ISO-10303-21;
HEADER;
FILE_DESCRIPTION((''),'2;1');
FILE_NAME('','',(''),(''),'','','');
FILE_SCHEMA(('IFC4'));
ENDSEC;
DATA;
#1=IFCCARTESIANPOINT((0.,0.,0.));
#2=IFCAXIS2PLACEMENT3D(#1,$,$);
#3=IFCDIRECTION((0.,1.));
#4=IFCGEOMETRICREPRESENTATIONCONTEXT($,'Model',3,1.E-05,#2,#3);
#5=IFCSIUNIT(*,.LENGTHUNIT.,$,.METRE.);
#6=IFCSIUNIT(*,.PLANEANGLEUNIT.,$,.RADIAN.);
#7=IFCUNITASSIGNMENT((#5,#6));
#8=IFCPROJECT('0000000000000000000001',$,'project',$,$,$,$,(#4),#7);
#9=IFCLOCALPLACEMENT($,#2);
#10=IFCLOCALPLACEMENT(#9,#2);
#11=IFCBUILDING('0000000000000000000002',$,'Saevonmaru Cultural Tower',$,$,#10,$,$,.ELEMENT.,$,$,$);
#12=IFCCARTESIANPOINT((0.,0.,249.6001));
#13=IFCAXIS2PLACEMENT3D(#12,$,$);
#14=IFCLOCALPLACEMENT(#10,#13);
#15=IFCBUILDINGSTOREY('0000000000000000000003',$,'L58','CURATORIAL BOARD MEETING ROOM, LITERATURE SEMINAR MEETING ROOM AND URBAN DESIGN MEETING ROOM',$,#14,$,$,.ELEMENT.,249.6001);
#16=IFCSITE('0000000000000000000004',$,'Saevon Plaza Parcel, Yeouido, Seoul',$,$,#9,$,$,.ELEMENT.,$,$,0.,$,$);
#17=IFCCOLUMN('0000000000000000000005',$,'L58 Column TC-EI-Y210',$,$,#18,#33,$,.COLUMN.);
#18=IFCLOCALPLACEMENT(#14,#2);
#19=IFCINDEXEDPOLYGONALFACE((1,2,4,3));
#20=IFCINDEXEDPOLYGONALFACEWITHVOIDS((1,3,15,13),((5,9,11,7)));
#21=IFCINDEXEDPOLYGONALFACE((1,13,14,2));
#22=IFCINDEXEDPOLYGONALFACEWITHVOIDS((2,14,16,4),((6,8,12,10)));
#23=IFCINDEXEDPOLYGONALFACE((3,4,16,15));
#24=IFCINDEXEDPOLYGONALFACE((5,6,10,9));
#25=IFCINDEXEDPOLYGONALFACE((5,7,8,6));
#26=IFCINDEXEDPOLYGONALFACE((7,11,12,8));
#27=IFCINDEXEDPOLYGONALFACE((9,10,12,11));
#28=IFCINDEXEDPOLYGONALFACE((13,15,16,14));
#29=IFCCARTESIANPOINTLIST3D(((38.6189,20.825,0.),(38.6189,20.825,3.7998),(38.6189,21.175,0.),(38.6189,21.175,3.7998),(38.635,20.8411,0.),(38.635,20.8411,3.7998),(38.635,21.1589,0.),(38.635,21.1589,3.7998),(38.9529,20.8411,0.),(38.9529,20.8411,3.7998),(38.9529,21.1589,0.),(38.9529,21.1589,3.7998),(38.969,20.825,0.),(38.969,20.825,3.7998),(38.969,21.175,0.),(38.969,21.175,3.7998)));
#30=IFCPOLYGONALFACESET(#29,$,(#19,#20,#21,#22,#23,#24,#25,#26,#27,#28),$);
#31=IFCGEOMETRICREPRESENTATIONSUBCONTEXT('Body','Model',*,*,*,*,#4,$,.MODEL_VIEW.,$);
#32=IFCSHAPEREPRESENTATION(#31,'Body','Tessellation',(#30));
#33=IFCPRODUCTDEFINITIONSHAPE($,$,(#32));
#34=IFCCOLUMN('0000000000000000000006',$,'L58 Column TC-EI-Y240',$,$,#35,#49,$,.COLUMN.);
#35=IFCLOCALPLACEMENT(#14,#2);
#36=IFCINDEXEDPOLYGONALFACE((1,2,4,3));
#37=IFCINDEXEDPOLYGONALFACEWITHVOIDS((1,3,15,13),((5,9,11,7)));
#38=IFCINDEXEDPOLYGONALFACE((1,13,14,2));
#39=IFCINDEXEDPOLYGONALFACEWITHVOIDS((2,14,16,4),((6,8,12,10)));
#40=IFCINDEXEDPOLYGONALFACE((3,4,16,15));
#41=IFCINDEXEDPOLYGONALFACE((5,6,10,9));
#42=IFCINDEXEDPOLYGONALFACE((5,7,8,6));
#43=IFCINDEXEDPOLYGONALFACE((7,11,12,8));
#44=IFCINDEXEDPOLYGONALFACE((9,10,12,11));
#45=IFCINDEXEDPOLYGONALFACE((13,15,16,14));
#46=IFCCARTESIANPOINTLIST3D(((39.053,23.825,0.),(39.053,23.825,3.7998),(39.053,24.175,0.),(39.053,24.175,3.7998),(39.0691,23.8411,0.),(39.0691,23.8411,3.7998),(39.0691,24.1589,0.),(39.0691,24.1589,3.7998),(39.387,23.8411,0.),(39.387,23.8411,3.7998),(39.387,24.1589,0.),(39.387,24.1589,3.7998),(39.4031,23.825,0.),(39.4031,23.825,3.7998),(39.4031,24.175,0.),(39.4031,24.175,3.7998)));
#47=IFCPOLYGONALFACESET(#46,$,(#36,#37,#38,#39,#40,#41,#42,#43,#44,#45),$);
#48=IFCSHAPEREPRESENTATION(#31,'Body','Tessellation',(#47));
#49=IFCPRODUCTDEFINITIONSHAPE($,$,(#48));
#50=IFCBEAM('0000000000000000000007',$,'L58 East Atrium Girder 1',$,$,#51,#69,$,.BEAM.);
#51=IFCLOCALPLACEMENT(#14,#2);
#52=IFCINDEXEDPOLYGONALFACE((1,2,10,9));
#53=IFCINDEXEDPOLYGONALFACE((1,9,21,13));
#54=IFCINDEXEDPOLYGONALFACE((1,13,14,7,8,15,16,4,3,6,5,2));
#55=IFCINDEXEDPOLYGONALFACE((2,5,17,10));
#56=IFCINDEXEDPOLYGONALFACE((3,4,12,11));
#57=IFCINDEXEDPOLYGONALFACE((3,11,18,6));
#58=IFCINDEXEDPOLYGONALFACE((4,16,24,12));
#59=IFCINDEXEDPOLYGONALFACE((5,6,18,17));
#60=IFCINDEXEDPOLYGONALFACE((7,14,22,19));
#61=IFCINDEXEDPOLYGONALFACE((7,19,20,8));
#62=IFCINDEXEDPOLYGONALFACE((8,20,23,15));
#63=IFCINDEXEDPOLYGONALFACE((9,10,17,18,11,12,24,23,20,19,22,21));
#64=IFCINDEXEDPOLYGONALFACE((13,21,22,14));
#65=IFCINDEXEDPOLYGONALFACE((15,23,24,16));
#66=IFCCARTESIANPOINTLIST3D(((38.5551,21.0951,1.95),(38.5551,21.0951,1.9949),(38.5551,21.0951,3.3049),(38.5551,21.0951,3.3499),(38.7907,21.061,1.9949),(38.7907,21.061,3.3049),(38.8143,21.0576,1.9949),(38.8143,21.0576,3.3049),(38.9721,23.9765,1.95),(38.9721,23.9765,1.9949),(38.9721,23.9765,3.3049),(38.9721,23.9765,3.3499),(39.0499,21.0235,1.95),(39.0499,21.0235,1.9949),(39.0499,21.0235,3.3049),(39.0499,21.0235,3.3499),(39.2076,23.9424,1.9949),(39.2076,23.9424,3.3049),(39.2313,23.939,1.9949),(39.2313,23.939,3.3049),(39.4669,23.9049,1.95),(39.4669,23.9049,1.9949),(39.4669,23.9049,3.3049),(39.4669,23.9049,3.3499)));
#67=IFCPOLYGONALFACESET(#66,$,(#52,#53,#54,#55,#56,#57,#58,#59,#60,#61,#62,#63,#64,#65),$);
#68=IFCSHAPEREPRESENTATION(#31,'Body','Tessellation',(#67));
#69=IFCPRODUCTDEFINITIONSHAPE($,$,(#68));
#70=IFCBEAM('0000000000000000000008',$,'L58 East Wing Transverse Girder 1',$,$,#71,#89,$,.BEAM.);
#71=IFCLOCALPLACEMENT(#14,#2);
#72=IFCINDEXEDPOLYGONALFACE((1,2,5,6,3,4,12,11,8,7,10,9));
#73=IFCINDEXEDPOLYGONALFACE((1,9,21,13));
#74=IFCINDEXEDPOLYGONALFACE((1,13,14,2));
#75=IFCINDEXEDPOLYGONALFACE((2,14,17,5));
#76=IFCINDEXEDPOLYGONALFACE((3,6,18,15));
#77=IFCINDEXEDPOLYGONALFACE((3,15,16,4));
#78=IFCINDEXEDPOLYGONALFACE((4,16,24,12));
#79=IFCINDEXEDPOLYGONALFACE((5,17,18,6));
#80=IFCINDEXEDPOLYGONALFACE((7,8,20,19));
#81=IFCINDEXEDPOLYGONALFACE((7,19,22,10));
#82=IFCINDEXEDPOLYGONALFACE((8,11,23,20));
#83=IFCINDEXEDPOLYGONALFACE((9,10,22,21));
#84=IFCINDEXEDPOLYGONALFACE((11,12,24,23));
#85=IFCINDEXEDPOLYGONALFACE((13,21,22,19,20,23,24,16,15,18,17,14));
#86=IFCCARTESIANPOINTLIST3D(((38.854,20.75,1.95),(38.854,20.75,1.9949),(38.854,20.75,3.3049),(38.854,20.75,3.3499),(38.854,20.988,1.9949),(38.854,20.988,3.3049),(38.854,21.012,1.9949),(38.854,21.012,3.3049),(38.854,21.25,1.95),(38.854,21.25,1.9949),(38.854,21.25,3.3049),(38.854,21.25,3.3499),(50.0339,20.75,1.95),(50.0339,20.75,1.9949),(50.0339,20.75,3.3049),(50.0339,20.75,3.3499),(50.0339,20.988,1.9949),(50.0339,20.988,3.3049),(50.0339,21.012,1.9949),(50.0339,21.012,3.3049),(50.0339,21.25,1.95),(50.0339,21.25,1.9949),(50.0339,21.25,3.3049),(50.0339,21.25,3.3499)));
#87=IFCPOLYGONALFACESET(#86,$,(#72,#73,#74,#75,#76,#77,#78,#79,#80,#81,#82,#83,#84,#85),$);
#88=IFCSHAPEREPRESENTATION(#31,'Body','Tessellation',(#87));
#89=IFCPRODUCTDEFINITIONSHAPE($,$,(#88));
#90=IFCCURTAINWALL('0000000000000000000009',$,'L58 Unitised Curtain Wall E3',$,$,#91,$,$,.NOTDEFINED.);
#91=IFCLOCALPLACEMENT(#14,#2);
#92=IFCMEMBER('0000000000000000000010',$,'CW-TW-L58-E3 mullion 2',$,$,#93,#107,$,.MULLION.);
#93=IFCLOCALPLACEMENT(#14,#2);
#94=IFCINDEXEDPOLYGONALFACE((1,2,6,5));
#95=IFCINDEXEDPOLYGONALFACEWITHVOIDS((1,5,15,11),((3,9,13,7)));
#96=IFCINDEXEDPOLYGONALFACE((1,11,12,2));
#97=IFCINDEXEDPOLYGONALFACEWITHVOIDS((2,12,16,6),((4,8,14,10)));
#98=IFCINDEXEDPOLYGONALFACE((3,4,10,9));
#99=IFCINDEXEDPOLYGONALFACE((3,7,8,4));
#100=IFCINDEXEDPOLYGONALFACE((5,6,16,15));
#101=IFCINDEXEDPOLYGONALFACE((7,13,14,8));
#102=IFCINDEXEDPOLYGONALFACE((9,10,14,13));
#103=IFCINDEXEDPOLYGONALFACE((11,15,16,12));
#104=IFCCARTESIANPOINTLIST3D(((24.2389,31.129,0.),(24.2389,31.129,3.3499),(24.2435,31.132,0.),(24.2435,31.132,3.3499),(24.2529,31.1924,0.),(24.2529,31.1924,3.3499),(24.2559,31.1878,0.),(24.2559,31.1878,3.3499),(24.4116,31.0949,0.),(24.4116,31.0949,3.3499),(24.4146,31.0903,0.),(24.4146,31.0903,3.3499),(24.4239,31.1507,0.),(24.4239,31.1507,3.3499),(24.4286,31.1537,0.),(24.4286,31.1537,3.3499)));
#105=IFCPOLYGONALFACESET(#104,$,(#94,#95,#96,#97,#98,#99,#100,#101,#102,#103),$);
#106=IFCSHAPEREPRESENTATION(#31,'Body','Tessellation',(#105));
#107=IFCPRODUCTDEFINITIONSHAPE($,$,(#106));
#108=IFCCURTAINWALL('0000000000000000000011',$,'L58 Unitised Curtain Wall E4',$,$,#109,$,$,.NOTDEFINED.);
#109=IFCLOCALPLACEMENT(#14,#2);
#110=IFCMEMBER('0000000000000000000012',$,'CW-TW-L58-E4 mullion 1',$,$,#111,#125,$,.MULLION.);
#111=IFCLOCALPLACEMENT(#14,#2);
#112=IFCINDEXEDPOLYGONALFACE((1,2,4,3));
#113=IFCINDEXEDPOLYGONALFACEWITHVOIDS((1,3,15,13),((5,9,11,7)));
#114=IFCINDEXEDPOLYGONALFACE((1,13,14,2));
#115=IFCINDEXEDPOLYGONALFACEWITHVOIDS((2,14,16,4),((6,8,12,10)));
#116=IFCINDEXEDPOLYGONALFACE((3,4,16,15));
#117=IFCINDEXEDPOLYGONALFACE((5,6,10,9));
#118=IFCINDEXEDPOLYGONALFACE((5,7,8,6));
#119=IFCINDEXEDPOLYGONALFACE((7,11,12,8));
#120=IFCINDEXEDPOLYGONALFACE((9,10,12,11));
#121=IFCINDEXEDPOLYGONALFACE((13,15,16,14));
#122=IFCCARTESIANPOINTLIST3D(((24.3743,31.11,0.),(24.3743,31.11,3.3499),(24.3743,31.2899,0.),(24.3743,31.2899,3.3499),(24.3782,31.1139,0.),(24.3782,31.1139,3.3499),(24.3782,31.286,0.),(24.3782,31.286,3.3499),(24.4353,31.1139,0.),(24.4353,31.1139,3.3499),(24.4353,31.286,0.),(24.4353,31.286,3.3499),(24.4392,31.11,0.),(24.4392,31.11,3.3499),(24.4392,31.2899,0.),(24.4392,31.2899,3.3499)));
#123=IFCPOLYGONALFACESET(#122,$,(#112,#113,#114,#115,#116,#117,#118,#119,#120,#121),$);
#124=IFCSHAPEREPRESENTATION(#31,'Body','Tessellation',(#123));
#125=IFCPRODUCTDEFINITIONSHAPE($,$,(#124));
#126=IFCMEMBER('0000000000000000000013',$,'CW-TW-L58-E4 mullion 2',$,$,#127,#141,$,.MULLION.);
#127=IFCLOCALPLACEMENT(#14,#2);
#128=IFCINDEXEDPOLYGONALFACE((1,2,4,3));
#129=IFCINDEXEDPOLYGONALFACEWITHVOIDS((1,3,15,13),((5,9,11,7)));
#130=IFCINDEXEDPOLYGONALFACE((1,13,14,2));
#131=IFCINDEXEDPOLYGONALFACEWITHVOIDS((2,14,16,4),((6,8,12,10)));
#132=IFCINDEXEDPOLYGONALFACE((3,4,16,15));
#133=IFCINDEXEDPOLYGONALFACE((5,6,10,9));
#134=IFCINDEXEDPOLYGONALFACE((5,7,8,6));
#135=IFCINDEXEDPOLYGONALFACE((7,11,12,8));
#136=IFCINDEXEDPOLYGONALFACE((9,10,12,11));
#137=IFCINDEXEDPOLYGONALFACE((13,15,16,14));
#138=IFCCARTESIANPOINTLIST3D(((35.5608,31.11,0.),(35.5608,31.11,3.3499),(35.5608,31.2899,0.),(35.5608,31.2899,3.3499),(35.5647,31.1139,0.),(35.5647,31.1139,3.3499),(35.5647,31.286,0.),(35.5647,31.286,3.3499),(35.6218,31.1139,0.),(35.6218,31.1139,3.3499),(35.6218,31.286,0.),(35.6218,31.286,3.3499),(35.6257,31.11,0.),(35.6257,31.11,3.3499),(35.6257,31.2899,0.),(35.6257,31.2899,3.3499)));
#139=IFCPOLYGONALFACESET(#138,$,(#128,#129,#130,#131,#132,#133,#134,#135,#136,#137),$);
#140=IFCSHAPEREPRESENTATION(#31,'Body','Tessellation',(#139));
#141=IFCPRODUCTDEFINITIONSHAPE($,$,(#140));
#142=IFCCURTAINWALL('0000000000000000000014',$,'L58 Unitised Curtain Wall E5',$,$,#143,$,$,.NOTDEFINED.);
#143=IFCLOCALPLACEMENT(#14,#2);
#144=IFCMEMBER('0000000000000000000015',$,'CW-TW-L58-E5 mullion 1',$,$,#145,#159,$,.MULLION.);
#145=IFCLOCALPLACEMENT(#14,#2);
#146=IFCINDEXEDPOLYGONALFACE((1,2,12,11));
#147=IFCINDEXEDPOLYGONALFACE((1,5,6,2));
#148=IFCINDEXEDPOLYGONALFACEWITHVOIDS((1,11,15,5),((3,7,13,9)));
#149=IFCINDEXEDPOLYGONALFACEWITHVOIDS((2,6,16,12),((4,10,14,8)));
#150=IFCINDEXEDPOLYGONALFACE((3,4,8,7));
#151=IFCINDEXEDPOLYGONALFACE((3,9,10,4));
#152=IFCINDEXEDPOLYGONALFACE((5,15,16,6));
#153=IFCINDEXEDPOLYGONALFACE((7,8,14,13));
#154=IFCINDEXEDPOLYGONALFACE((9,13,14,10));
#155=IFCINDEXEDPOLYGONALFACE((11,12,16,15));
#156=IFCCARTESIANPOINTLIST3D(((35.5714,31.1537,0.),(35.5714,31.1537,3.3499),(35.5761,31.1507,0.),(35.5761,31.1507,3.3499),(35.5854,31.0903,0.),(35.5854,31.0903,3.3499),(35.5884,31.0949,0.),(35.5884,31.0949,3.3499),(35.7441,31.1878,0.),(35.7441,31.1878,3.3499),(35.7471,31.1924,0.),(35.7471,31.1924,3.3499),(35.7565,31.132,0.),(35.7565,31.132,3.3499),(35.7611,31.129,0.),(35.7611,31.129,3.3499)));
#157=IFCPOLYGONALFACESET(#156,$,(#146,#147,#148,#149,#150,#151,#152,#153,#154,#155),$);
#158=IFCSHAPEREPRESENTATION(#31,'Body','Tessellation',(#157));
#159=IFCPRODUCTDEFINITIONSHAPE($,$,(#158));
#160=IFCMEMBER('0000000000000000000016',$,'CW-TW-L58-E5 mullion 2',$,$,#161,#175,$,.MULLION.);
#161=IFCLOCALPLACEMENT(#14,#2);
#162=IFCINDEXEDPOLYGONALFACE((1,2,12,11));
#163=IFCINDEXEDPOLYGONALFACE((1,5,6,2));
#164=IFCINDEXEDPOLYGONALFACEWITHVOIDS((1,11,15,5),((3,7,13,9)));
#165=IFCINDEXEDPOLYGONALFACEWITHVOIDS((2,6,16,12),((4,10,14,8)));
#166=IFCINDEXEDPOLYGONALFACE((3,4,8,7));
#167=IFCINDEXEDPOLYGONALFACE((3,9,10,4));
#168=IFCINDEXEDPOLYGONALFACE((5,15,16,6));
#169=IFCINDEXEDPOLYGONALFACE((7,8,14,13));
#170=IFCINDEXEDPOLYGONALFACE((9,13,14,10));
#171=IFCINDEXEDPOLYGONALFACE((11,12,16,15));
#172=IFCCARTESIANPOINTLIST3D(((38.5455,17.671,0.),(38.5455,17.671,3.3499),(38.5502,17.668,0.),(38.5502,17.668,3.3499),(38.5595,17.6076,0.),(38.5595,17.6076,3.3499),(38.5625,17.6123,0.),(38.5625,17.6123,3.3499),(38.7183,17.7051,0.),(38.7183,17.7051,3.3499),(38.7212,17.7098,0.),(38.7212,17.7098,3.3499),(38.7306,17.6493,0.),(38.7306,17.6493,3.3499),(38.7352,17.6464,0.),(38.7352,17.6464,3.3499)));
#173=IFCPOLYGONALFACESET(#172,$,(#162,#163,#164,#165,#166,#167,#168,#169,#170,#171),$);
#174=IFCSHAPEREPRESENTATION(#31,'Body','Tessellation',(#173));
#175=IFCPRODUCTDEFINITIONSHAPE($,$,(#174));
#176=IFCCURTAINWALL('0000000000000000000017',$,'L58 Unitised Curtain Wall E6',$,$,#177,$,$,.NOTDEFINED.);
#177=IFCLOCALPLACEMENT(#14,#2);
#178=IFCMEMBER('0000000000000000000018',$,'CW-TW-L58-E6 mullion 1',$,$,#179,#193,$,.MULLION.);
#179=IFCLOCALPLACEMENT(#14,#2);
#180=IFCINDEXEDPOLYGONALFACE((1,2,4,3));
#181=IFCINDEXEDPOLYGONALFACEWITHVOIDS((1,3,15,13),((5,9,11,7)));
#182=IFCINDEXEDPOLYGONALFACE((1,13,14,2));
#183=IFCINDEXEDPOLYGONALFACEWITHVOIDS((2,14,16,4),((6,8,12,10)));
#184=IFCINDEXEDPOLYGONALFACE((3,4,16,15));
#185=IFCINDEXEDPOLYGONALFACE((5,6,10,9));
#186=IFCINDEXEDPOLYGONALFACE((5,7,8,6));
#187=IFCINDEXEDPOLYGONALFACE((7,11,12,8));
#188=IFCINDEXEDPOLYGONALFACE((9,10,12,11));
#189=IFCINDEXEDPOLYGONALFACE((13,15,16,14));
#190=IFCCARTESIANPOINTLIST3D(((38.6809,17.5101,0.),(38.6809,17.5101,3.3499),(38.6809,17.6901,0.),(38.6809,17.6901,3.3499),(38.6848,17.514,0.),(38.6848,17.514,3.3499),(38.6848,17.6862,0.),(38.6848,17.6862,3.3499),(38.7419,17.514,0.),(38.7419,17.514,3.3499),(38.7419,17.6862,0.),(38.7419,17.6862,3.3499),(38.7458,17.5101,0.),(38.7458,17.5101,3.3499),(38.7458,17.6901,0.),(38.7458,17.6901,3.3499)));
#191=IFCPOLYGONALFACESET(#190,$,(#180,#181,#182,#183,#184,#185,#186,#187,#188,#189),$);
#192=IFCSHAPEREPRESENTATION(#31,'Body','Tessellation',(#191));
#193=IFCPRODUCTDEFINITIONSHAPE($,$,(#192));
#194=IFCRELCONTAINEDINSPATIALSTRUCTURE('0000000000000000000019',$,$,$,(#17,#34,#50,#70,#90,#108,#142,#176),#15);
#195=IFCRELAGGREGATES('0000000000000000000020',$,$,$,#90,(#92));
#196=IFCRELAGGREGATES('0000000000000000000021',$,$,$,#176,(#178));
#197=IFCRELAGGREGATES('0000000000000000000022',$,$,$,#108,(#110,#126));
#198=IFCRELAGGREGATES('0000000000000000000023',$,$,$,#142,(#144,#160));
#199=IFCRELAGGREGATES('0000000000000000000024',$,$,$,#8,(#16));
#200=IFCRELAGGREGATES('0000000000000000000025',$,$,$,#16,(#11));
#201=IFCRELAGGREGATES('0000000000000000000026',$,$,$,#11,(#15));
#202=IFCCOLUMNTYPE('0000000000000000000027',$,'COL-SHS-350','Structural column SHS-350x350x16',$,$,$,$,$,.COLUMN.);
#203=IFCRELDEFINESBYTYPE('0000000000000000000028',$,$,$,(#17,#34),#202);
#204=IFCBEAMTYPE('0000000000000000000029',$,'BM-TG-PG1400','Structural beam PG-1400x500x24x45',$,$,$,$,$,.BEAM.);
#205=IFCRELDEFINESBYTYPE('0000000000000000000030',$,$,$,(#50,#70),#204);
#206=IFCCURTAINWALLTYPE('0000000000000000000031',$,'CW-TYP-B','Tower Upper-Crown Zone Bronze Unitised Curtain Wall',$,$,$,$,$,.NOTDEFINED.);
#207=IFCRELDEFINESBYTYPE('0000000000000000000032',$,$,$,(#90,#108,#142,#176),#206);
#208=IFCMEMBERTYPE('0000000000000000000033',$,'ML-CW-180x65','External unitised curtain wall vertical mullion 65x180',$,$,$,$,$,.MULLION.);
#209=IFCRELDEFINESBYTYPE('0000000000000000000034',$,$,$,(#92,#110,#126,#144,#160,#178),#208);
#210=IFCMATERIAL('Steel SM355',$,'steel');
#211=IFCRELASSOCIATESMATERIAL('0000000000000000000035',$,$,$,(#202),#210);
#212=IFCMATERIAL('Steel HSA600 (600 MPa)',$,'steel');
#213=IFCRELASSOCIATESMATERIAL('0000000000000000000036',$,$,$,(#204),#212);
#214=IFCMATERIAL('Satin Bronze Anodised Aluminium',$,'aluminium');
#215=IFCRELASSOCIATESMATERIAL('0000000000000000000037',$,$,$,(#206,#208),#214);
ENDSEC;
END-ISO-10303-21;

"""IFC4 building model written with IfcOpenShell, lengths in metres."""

from ifc_helpers import new_model, si_unit, direction, frame, origin, origin_2d, place, context, subcontext, project, spatial, hollow_rectangle, i_section, extrude, material, material_profile, profile_set, type_object, element, aggregate, save


model = new_model("IFC4")

# Units and contexts
model_context = context("Model", 3, precision=1e-05, world=origin(), true_north=direction((0.0, 1.0)))
body_context = subcontext(model_context, "Body", "Model", "MODEL_VIEW")
ifc_project = project(units=[si_unit("LENGTHUNIT", "METRE"), si_unit("PLANEANGLEUNIT", "RADIAN")], contexts=[model_context])

# Site, building, storey
site_placement = place(None, origin())
site = spatial("IfcSite", under=ifc_project, at=site_placement, Name="Saevon Plaza Parcel, Yeouido, Seoul", CompositionType="ELEMENT", RefElevation=0.0)
building_placement = place(site_placement, origin())
building = spatial("IfcBuilding", under=site, at=building_placement, Name="Saevonmaru Cultural Tower", CompositionType="ELEMENT")
storey_placement = place(building_placement, frame((0.0, 0.0, 249.6001)))
storey = spatial("IfcBuildingStorey", under=building, at=storey_placement, Name="L58", Description="CURATORIAL BOARD MEETING ROOM, LITERATURE SEMINAR MEETING ROOM AND URBAN DESIGN MEETING ROOM", CompositionType="ELEMENT", Elevation=249.6001)

# Columns
ifc_material_1 = material(Name="Steel SM355", Category="steel")
ifc_material_profile_1 = material_profile(ifc_material_1, hollow_rectangle(XDim=0.3501, YDim=0.3501, WallThickness=0.0161, at=origin_2d()), Name="SHS-350x350x16")
ifc_profile_set_1 = profile_set([ifc_material_profile_1], Name="Steel SM355")
column_type = type_object("IfcColumnType", Name="COL-SHS-350", Description="Structural column SHS-350x350x16", PredefinedType="COLUMN", material=ifc_profile_set_1)
for number, where, z_axis, x_axis, name in (
    (1, (38.7939, 21.0, 0.0), (0.0, 0.0, 1.0), (1.0, 0.0, 0.0), "L58 Column TC-EI-Y210"),
    (2, (39.228, 24.0, 0.0), (0.0, 0.0, 1.0), (1.0, 0.0, 0.0), "L58 Column TC-EI-Y240"),
):
    element("IfcColumn", number, at=place(storey_placement, frame(where, z_axis=z_axis, x_axis=x_axis)), inside=storey, type_object=column_type, Name=name, PredefinedType="COLUMN", context=body_context, shape_type="SweptSolid", body=[
        extrude(hollow_rectangle(XDim=0.3501, YDim=0.3501, WallThickness=0.0161, at=origin_2d()), origin(), (0.0, 0.0, 1.0), 3.7998),
    ])

# Beams
ifc_material_2 = material(Name="Steel HSA600 (600 MPa)", Category="steel")
ifc_material_profile_2 = material_profile(ifc_material_2, i_section(OverallWidth=0.5, OverallDepth=1.3999, WebThickness=0.0239, FlangeThickness=0.0449, at=origin_2d()), Name="PG-1400x500x24x45")
ifc_profile_set_2 = profile_set([ifc_material_profile_2], Name="Steel HSA600 (600 MPa)")
beam_type = type_object("IfcBeamType", Name="BM-TG-PG1400", Description="Structural beam PG-1400x500x24x45", PredefinedType="BEAM", material=ifc_profile_set_2)
beam_1_placement = place(storey_placement, frame((38.8025, 21.0593, 2.6499), z_axis=(0.143229, 0.98969, 0.0), x_axis=(-0.98969, 0.143229, 0.0)))
element("IfcBeam", 3, at=beam_1_placement, inside=storey, type_object=beam_type, Name="L58 East Atrium Girder 1", PredefinedType="BEAM", context=body_context, shape_type="SweptSolid", body=[
    extrude(i_section(OverallWidth=0.5, OverallDepth=1.3999, WebThickness=0.0239, FlangeThickness=0.0449, at=origin_2d()), origin(), (0.0, 0.0, 1.0), 2.9114),
])
beam_2_placement = place(storey_placement, frame((38.854, 21.0, 2.6499), z_axis=(1.0, 0.0, 0.0), x_axis=(0.0, 1.0, 0.0)))
element("IfcBeam", 4, at=beam_2_placement, inside=storey, type_object=beam_type, Name="L58 East Wing Transverse Girder 1", PredefinedType="BEAM", context=body_context, shape_type="SweptSolid", body=[
    extrude(i_section(OverallWidth=0.5, OverallDepth=1.3999, WebThickness=0.0239, FlangeThickness=0.0449, at=origin_2d()), origin(), (0.0, 0.0, 1.0), 11.1799),
])

# Curtain wall, member
ifc_material_3 = material(Name="Satin Bronze Anodised Aluminium", Category="aluminium")
curtain_wall_type = type_object("IfcCurtainWallType", Name="CW-TYP-B", Description="Tower Upper-Crown Zone Bronze Unitised Curtain Wall", PredefinedType="NOTDEFINED", material=ifc_material_3)
curtain_wall_1_placement = place(storey_placement, origin())
curtain_wall_1 = element("IfcCurtainWall", 5, at=curtain_wall_1_placement, inside=storey, type_object=curtain_wall_type, Name="L58 Unitised Curtain Wall E3", PredefinedType="NOTDEFINED")
ifc_material_profile_3 = material_profile(ifc_material_3, hollow_rectangle(XDim=0.0649, YDim=0.1799, WallThickness=0.0039, at=origin_2d()), Name="ALU-MULL-180x65x4")
ifc_profile_set_3 = profile_set([ifc_material_profile_3], Name="Satin Bronze Anodised Aluminium")
member_type_1 = type_object("IfcMemberType", Name="ML-CW-180x65", Description="External unitised curtain wall vertical mullion 65x180", PredefinedType="MULLION", material=ifc_profile_set_3)
member_1_placement = place(storey_placement, frame((24.3337, 31.1414, 0.0), z_axis=(0.0, 0.0, 1.0), x_axis=(0.215413, 0.976523, 0.0)))
member_1 = element("IfcMember", 6, at=member_1_placement, type_object=member_type_1, Name="CW-TW-L58-E3 mullion 2", PredefinedType="MULLION", context=body_context, shape_type="SweptSolid", body=[
    extrude(hollow_rectangle(XDim=0.0649, YDim=0.1799, WallThickness=0.0039, at=origin_2d()), origin(), (0.0, 0.0, 1.0), 3.3499),
])
aggregate(curtain_wall_1, [member_1])

# Curtain walls, members
curtain_wall_2_placement = place(storey_placement, origin())
curtain_wall_2 = element("IfcCurtainWall", 7, at=curtain_wall_2_placement, inside=storey, type_object=curtain_wall_type, Name="L58 Unitised Curtain Wall E4", PredefinedType="NOTDEFINED")
member_2_placement = place(storey_placement, frame((24.4067, 31.2, 0.0), z_axis=(0.0, 0.0, 1.0), x_axis=(1.0, 0.0, 0.0)))
member_2 = element("IfcMember", 8, at=member_2_placement, type_object=member_type_1, Name="CW-TW-L58-E4 mullion 1", PredefinedType="MULLION", context=body_context, shape_type="SweptSolid", body=[
    extrude(hollow_rectangle(XDim=0.0649, YDim=0.1799, WallThickness=0.0039, at=origin_2d()), origin(), (0.0, 0.0, 1.0), 3.3499),
])
member_3_placement = place(storey_placement, frame((35.5933, 31.2, 0.0), z_axis=(0.0, 0.0, 1.0), x_axis=(1.0, 0.0, 0.0)))
member_3 = element("IfcMember", 9, at=member_3_placement, type_object=member_type_1, Name="CW-TW-L58-E4 mullion 2", PredefinedType="MULLION", context=body_context, shape_type="SweptSolid", body=[
    extrude(hollow_rectangle(XDim=0.0649, YDim=0.1799, WallThickness=0.0039, at=origin_2d()), origin(), (0.0, 0.0, 1.0), 3.3499),
])
curtain_wall_3_placement = place(storey_placement, origin())
curtain_wall_3 = element("IfcCurtainWall", 10, at=curtain_wall_3_placement, inside=storey, type_object=curtain_wall_type, Name="L58 Unitised Curtain Wall E5", PredefinedType="NOTDEFINED")
member_4_placement = place(storey_placement, frame((35.6663, 31.1414, 0.0), z_axis=(0.0, 0.0, 1.0), x_axis=(0.215413, -0.976523, 0.0)))
member_4 = element("IfcMember", 11, at=member_4_placement, type_object=member_type_1, Name="CW-TW-L58-E5 mullion 1", PredefinedType="MULLION", context=body_context, shape_type="SweptSolid", body=[
    extrude(hollow_rectangle(XDim=0.0649, YDim=0.1799, WallThickness=0.0039, at=origin_2d()), origin(), (0.0, 0.0, 1.0), 3.3499),
])
member_5_placement = place(storey_placement, frame((38.6404, 17.6587, 0.0), z_axis=(0.0, 0.0, 1.0), x_axis=(0.215413, -0.976523, 0.0)))
member_5 = element("IfcMember", 12, at=member_5_placement, type_object=member_type_1, Name="CW-TW-L58-E5 mullion 2", PredefinedType="MULLION", context=body_context, shape_type="SweptSolid", body=[
    extrude(hollow_rectangle(XDim=0.0649, YDim=0.1799, WallThickness=0.0039, at=origin_2d()), origin(), (0.0, 0.0, 1.0), 3.3499),
])

# Curtain wall, member
curtain_wall_4_placement = place(storey_placement, origin())
curtain_wall_4 = element("IfcCurtainWall", 13, at=curtain_wall_4_placement, inside=storey, type_object=curtain_wall_type, Name="L58 Unitised Curtain Wall E6", PredefinedType="NOTDEFINED")
member_6_placement = place(storey_placement, frame((38.7134, 17.6001, 0.0), z_axis=(0.0, 0.0, 1.0), x_axis=(1.0, 0.0, 0.0)))
member_6 = element("IfcMember", 14, at=member_6_placement, type_object=member_type_1, Name="CW-TW-L58-E6 mullion 1", PredefinedType="MULLION", context=body_context, shape_type="SweptSolid", body=[
    extrude(hollow_rectangle(XDim=0.0649, YDim=0.1799, WallThickness=0.0039, at=origin_2d()), origin(), (0.0, 0.0, 1.0), 3.3499),
])

aggregate(curtain_wall_4, [member_6])

aggregate(curtain_wall_2, [member_2, member_3])
aggregate(curtain_wall_3, [member_4, member_5])

save(model, "model.ifc")
